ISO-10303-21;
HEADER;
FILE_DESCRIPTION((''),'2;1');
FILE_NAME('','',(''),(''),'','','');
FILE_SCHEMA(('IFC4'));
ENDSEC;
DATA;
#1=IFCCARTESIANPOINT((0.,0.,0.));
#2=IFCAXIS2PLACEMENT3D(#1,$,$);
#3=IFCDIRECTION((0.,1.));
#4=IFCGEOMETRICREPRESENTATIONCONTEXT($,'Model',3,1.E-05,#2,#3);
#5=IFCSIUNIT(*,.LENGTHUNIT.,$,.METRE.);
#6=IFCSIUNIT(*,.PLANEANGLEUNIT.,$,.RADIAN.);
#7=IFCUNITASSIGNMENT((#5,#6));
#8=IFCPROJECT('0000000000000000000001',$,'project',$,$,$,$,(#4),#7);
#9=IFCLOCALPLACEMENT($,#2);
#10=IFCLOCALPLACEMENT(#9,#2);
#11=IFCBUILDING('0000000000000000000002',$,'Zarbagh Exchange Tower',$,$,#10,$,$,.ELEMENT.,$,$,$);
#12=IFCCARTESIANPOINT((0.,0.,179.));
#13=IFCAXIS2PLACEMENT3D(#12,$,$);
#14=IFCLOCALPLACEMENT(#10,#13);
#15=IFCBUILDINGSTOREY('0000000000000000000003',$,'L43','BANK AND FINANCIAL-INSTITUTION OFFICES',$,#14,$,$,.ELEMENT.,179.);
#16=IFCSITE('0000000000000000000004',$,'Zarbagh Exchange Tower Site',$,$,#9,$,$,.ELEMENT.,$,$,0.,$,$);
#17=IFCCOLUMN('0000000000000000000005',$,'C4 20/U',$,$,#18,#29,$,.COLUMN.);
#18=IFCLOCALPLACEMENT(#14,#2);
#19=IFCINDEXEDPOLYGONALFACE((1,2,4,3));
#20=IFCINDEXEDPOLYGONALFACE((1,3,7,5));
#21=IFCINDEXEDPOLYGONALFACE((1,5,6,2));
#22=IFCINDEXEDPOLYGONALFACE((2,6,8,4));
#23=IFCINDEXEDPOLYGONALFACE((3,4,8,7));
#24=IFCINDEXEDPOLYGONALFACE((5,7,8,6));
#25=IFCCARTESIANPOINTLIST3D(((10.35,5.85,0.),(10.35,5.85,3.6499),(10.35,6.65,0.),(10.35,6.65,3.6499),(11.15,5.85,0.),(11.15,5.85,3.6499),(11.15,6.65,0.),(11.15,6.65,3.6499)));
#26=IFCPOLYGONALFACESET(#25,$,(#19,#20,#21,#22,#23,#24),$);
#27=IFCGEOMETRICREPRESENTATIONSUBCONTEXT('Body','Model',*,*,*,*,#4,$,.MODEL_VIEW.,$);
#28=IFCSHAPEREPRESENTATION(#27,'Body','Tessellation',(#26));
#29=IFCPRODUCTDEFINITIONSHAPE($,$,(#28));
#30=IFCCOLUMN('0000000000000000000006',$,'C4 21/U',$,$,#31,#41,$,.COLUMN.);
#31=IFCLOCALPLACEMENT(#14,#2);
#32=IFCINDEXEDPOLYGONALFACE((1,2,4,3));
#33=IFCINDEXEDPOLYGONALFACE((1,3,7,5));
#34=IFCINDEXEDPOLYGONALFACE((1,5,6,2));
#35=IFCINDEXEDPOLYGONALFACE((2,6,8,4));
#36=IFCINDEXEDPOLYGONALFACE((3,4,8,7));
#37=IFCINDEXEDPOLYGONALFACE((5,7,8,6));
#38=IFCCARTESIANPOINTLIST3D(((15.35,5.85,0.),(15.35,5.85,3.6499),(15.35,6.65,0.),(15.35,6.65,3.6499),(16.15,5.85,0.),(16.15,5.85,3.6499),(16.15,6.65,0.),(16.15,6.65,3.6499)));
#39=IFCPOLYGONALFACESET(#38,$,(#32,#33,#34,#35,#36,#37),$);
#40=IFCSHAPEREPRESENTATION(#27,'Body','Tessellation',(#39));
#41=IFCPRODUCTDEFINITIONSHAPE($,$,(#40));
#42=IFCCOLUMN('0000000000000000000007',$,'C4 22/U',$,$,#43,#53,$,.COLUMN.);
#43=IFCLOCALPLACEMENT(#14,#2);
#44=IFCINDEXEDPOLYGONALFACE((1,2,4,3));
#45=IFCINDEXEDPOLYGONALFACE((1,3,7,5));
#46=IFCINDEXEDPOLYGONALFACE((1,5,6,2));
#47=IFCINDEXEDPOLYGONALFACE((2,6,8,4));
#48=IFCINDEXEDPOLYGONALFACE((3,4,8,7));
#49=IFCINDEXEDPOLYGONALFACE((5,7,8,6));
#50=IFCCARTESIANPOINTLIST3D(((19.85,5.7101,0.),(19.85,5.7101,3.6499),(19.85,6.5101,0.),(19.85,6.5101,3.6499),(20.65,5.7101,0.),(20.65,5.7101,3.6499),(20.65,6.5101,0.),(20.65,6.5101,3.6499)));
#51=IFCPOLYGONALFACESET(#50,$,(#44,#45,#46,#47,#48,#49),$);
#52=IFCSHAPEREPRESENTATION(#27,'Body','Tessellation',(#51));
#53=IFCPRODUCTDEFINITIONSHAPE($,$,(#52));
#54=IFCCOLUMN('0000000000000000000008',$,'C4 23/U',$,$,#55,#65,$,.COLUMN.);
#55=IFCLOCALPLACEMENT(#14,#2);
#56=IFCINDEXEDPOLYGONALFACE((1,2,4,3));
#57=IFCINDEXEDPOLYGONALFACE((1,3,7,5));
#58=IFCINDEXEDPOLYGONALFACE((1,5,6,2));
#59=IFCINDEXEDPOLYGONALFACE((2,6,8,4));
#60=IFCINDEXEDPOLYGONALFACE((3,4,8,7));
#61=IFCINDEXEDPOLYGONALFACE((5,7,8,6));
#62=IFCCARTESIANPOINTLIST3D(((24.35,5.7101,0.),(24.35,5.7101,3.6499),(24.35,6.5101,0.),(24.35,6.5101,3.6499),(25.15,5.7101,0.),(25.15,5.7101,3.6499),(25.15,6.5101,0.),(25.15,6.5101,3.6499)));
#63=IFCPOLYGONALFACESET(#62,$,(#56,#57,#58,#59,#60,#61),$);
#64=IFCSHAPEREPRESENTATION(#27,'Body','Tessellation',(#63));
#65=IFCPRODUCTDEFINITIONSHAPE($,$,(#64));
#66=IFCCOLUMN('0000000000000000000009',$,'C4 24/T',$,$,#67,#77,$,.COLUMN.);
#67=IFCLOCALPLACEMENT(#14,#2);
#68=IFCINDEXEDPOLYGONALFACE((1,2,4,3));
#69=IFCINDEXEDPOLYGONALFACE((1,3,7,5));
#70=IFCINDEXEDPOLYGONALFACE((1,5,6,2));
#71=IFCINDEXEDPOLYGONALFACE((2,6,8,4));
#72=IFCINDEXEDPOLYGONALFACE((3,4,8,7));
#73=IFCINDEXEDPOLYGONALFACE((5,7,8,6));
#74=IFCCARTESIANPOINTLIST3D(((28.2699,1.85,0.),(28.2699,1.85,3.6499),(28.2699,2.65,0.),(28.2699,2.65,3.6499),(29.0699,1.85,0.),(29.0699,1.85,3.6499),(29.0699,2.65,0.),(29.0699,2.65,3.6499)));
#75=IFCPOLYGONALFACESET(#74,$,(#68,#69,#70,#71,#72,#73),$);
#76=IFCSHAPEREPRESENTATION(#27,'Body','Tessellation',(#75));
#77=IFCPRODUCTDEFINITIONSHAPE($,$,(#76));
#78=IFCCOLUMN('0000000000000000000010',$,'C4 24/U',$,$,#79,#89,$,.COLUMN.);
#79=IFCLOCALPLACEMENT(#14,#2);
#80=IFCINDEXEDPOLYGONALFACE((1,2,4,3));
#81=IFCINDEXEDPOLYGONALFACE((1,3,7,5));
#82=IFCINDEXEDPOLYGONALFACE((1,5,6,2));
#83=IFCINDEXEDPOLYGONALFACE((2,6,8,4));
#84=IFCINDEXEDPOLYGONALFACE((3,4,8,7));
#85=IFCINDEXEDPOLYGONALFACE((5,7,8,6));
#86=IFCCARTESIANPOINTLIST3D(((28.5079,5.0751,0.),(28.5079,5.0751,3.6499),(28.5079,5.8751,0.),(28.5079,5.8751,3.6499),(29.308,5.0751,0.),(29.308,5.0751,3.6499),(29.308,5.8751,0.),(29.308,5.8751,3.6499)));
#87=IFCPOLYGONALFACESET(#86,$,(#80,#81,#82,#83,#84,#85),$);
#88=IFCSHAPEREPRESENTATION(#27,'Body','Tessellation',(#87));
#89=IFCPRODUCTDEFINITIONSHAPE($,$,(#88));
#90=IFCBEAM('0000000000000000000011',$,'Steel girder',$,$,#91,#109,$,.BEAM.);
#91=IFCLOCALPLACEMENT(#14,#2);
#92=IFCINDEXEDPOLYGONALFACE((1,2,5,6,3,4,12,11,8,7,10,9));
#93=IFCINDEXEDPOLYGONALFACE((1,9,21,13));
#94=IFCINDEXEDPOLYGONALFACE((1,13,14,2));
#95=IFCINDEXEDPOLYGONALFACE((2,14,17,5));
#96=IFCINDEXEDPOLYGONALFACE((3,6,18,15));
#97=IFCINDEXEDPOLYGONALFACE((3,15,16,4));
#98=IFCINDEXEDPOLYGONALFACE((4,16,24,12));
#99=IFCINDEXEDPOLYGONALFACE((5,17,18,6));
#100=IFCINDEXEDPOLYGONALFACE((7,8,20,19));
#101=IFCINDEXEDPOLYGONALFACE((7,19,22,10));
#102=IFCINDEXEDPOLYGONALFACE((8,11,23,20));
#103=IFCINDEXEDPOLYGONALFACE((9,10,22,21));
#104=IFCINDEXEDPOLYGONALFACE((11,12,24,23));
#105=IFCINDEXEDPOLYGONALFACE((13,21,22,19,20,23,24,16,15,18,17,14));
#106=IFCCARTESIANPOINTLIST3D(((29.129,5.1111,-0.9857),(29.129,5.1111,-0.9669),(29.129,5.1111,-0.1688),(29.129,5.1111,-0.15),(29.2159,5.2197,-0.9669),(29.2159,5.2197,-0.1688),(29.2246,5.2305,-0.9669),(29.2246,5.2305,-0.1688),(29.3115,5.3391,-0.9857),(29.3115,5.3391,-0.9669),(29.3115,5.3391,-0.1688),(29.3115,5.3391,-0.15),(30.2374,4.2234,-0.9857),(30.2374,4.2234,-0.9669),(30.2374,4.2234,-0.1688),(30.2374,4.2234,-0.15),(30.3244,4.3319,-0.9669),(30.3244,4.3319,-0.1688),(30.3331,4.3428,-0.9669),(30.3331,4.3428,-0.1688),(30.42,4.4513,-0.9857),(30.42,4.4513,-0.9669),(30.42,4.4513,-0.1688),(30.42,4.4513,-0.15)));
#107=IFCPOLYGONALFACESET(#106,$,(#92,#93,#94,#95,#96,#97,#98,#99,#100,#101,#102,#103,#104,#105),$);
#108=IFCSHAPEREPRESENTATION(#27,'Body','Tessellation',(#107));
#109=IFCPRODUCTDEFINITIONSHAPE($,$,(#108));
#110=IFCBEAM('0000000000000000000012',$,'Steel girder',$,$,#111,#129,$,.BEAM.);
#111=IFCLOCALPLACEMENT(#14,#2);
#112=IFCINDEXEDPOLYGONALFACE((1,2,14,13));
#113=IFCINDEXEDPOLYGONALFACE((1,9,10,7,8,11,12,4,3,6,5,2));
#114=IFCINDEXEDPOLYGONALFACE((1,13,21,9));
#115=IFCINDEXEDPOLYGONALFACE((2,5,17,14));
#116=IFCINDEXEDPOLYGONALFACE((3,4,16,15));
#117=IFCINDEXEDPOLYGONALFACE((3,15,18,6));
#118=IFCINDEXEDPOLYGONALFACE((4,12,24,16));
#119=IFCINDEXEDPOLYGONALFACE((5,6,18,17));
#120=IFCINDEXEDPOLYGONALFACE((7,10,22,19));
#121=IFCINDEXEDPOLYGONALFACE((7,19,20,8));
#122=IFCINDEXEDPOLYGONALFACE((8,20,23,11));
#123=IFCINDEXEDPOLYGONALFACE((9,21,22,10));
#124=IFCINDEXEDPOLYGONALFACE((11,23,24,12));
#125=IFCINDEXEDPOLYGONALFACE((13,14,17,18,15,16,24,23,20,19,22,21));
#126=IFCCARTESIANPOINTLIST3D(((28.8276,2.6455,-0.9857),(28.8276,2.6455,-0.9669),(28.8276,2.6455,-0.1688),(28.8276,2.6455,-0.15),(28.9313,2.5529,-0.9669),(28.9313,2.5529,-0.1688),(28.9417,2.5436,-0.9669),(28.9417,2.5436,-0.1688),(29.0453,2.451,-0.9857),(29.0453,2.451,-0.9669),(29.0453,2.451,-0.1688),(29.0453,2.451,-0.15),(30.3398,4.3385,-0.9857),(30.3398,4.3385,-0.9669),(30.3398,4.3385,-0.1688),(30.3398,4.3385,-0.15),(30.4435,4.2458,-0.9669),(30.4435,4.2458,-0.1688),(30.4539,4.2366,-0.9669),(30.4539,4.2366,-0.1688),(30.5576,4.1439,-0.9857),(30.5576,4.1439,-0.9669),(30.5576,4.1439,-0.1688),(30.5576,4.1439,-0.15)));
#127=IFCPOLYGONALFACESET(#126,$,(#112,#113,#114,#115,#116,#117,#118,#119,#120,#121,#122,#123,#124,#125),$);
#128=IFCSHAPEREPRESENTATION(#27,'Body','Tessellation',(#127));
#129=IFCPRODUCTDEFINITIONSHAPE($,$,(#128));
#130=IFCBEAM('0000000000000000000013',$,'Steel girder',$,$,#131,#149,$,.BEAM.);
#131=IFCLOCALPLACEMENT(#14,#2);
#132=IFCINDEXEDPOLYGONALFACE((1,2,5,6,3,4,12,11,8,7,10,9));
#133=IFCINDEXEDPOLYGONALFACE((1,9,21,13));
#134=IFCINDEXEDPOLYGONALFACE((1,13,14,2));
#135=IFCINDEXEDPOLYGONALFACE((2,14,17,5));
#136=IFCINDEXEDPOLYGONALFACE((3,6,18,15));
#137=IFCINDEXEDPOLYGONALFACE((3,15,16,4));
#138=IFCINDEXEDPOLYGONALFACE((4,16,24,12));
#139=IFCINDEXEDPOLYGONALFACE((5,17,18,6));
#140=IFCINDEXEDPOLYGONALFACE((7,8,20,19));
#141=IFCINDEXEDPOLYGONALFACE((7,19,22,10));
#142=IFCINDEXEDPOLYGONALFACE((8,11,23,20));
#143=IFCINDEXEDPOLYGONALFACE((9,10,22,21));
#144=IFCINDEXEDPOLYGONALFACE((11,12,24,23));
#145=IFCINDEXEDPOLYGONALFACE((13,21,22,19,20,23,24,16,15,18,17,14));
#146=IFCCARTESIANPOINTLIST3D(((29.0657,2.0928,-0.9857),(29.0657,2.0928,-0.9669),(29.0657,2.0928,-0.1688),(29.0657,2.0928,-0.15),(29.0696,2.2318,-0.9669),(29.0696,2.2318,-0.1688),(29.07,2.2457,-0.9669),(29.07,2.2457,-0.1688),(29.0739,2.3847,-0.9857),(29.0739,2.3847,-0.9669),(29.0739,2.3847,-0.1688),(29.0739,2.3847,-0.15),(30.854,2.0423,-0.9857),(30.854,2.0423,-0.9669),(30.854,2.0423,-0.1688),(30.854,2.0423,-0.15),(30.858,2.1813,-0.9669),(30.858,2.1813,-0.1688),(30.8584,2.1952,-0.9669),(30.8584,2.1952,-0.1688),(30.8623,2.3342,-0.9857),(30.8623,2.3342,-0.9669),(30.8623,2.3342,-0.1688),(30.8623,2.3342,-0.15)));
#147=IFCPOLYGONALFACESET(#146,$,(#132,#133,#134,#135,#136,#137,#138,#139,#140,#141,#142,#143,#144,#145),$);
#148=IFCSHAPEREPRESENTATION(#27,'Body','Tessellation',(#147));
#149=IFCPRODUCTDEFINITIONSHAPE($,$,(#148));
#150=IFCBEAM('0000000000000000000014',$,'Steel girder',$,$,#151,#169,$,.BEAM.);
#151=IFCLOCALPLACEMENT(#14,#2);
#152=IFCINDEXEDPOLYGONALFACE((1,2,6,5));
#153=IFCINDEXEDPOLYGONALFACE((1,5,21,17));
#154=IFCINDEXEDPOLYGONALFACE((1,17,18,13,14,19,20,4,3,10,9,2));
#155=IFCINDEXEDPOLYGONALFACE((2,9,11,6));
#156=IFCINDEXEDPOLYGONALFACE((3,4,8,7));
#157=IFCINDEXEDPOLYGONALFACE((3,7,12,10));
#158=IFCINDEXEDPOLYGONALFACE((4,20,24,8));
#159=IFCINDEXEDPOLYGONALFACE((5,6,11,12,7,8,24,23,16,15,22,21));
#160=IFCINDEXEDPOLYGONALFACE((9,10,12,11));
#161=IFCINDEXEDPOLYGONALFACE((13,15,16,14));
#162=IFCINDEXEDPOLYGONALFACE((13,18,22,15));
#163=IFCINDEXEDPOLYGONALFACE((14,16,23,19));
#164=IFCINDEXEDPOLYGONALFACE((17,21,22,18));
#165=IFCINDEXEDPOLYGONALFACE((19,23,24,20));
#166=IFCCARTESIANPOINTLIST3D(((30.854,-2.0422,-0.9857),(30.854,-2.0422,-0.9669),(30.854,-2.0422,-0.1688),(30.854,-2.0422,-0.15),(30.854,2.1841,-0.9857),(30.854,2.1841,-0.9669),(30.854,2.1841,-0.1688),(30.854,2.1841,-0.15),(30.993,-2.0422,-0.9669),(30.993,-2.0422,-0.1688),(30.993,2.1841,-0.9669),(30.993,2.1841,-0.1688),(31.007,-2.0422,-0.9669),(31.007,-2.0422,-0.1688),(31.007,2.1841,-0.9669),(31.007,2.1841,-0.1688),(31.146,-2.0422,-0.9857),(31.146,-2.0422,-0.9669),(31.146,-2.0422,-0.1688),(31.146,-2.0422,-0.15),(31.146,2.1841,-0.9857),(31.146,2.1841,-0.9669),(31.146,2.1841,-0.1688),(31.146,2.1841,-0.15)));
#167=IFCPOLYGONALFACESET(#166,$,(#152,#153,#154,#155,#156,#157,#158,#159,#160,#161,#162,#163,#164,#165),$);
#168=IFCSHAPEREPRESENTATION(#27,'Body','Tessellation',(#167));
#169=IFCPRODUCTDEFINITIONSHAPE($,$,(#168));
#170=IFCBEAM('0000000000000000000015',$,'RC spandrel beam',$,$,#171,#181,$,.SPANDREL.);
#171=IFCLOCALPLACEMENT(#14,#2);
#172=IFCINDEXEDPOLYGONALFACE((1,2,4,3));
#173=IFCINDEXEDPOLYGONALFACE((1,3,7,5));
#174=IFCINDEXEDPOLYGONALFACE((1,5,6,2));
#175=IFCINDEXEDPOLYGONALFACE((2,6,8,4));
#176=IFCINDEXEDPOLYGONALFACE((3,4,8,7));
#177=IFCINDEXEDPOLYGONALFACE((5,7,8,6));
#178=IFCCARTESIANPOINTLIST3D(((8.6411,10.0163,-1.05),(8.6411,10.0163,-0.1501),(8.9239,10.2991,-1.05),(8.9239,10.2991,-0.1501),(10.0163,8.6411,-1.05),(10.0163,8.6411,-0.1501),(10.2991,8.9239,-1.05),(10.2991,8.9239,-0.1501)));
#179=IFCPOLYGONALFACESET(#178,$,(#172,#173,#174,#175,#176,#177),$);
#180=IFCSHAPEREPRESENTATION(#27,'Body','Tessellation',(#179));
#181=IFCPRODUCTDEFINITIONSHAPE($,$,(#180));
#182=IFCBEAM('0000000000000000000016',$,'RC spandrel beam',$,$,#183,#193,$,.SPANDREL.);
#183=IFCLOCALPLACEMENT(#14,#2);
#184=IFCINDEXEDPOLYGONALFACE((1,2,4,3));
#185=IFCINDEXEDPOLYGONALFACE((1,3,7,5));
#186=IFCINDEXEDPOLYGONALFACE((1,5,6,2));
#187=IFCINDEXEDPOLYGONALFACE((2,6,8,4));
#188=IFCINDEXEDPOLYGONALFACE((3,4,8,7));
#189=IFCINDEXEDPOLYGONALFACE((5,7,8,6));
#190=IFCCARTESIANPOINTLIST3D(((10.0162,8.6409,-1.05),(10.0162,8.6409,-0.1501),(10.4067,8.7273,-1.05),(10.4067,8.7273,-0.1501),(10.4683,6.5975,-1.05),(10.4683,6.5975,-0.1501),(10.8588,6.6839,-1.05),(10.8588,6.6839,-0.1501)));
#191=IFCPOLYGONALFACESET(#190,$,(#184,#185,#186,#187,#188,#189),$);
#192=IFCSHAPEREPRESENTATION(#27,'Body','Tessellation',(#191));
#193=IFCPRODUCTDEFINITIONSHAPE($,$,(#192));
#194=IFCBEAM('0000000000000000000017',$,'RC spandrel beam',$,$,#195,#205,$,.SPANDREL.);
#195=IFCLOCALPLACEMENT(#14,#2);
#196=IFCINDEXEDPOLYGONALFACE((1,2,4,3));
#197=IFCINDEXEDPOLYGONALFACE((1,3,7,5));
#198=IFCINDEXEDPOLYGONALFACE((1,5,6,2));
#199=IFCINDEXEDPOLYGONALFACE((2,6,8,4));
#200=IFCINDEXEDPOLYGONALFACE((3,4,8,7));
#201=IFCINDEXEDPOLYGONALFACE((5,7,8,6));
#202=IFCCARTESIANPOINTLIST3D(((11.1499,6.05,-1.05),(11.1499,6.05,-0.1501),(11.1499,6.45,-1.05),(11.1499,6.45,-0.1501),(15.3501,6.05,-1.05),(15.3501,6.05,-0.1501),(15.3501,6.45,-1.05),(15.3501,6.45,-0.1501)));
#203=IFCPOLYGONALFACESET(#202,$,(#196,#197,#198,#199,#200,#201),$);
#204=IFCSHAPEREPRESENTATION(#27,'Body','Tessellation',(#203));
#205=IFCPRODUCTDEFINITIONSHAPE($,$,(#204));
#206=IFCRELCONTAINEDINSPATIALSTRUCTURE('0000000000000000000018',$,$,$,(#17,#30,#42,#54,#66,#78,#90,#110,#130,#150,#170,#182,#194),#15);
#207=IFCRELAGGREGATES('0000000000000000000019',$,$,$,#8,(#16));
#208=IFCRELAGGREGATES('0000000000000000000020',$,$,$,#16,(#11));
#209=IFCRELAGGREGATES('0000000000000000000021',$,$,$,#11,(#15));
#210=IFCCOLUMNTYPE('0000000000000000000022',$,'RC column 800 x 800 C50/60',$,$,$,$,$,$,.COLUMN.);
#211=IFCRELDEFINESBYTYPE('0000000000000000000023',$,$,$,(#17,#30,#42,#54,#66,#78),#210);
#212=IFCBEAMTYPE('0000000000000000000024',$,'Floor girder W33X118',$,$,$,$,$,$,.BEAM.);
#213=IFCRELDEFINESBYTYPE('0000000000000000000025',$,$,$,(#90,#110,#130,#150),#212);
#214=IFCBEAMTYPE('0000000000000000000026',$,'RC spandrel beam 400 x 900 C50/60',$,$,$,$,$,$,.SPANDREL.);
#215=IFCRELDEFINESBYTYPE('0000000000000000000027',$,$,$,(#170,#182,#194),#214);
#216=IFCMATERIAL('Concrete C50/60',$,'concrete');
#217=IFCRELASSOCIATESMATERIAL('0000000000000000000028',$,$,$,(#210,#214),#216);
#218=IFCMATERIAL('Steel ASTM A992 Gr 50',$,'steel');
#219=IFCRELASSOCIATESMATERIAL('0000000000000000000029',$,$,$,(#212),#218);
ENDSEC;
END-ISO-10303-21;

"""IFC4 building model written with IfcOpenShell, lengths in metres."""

from ifc_helpers import new_model, si_unit, direction, frame, origin, origin_2d, place, context, subcontext, project, spatial, rectangle, i_section, extrude, material, material_profile, profile_set, type_object, element, save


model = new_model("IFC4")

# Units and contexts
model_context = context("Model", 3, precision=1e-05, world=origin(), true_north=direction((0.0, 1.0)))
body_context = subcontext(model_context, "Body", "Model", "MODEL_VIEW")
ifc_project = project(units=[si_unit("LENGTHUNIT", "METRE"), si_unit("PLANEANGLEUNIT", "RADIAN")], contexts=[model_context])

# Site, building, storey
site_placement = place(None, origin())
site = spatial("IfcSite", under=ifc_project, at=site_placement, Name="Zarbagh Exchange Tower Site", CompositionType="ELEMENT", RefElevation=0.0)
building_placement = place(site_placement, origin())
building = spatial("IfcBuilding", under=site, at=building_placement, Name="Zarbagh Exchange Tower", CompositionType="ELEMENT")
storey_placement = place(building_placement, frame((0.0, 0.0, 179.0)))
storey = spatial("IfcBuildingStorey", under=building, at=storey_placement, Name="L43", Description="BANK AND FINANCIAL-INSTITUTION OFFICES", CompositionType="ELEMENT", Elevation=179.0)

# Columns
ifc_material_1 = material(Name="Concrete C50/60", Category="concrete")
ifc_material_profile_1 = material_profile(ifc_material_1, rectangle(XDim=0.8, YDim=0.8, at=origin_2d()), Name="RC column 800 x 800 C50/60")
ifc_profile_set_1 = profile_set([ifc_material_profile_1], Name="Concrete C50/60")
column_type = type_object("IfcColumnType", Name="RC column 800 x 800 C50/60", PredefinedType="COLUMN", material=ifc_profile_set_1)
for number, where, z_axis, x_axis, name in (
    (1, (10.75, 6.25, 0.0), (0.0, 0.0, 1.0), (1.0, 0.0, 0.0), "C4 20/U"),
    (2, (15.75, 6.25, 0.0), (0.0, 0.0, 1.0), (1.0, 0.0, 0.0), "C4 21/U"),
    (3, (20.25, 6.1101, 0.0), (0.0, 0.0, 1.0), (1.0, 0.0, 0.0), "C4 22/U"),
    (4, (24.75, 6.1101, 0.0), (0.0, 0.0, 1.0), (1.0, 0.0, 0.0), "C4 23/U"),
    (5, (28.6699, 2.25, 0.0), (0.0, 0.0, 1.0), (1.0, 0.0, 0.0), "C4 24/T"),
    (6, (28.908, 5.4751, 0.0), (0.0, 0.0, 1.0), (1.0, 0.0, 0.0), "C4 24/U"),
):
    element("IfcColumn", number, at=place(storey_placement, frame(where, z_axis=z_axis, x_axis=x_axis)), inside=storey, type_object=column_type, Name=name, PredefinedType="COLUMN", context=body_context, shape_type="SweptSolid", body=[
        extrude(rectangle(XDim=0.8, YDim=0.8, at=origin_2d()), origin(), (0.0, 0.0, 1.0), 3.6499),
    ])

# Beams
ifc_material_2 = material(Name="Steel ASTM A992 Gr 50", Category="steel")
ifc_material_profile_2 = material_profile(ifc_material_2, i_section(OverallWidth=0.292, OverallDepth=0.8357, WebThickness=0.0139, FlangeThickness=0.0188, at=origin_2d()), Name="W33X118")
ifc_profile_set_2 = profile_set([ifc_material_profile_2], Name="Steel ASTM A992 Gr 50")
beam_type_1 = type_object("IfcBeamType", Name="Floor girder W33X118", PredefinedType="BEAM", material=ifc_profile_set_2)
beam_1_placement = place(storey_placement, frame((29.2202, 5.2251, -0.5679), z_axis=(0.780533, -0.625114, 0.0), x_axis=(0.625114, 0.780533, 0.0)))
element("IfcBeam", 7, at=beam_1_placement, inside=storey, type_object=beam_type_1, Name="Steel girder", PredefinedType="BEAM", context=body_context, shape_type="SweptSolid", body=[
    extrude(i_section(OverallWidth=0.292, OverallDepth=0.8357, WebThickness=0.0139, FlangeThickness=0.0188, at=origin_2d()), origin(), (0.0, 0.0, 1.0), 1.4202),
])
beam_2_placement = place(storey_placement, frame((30.4487, 4.2412, -0.5679), z_axis=(-0.666191, -0.745781, 0.0), x_axis=(0.745781, -0.666191, 0.0)))
element("IfcBeam", 8, at=beam_2_placement, inside=storey, type_object=beam_type_1, Name="Steel girder", PredefinedType="BEAM", context=body_context, shape_type="SweptSolid", body=[
    extrude(i_section(OverallWidth=0.292, OverallDepth=0.8357, WebThickness=0.0139, FlangeThickness=0.0188, at=origin_2d()), origin(), (0.0, 0.0, 1.0), 2.27),
])
beam_3_placement = place(storey_placement, frame((29.0698, 2.2388, -0.5679), z_axis=(0.999601, -0.028248, 0.0), x_axis=(0.028248, 0.999601, 0.0)))
element("IfcBeam", 9, at=beam_3_placement, inside=storey, type_object=beam_type_1, Name="Steel girder", PredefinedType="BEAM", context=body_context, shape_type="SweptSolid", body=[
    extrude(i_section(OverallWidth=0.292, OverallDepth=0.8357, WebThickness=0.0139, FlangeThickness=0.0188, at=origin_2d()), origin(), (0.0, 0.0, 1.0), 1.7891),
])
beam_4_placement = place(storey_placement, frame((31.0, 2.1841, -0.5679), z_axis=(0.0, -1.0, 0.0), x_axis=(1.0, 0.0, 0.0)))
element("IfcBeam", 10, at=beam_4_placement, inside=storey, type_object=beam_type_1, Name="Steel girder", PredefinedType="BEAM", context=body_context, shape_type="SweptSolid", body=[
    extrude(i_section(OverallWidth=0.292, OverallDepth=0.8357, WebThickness=0.0139, FlangeThickness=0.0188, at=origin_2d()), origin(), (0.0, 0.0, 1.0), 4.2263),
])
ifc_material_profile_3 = material_profile(ifc_material_1, rectangle(XDim=0.3999, YDim=0.8999, at=origin_2d()), Name="RC spandrel beam 400 x 900 C50/60")
ifc_profile_set_3 = profile_set([ifc_material_profile_3], Name="Concrete C50/60")
beam_type_2 = type_object("IfcBeamType", Name="RC spandrel beam 400 x 900 C50/60", PredefinedType="SPANDREL", material=ifc_profile_set_3)
beam_5_placement = place(storey_placement, frame((8.7825, 10.1577, -0.6001), z_axis=(0.707107, -0.707107, 0.0), x_axis=(0.707107, 0.707107, 0.0)))
element("IfcBeam", 11, at=beam_5_placement, inside=storey, type_object=beam_type_2, Name="RC spandrel beam", PredefinedType="SPANDREL", context=body_context, shape_type="SweptSolid", body=[
    extrude(rectangle(XDim=0.3999, YDim=0.8999, at=origin_2d()), origin(), (0.0, 0.0, 1.0), 1.9448),
])
beam_6_placement = place(storey_placement, frame((10.2114, 8.6841, -0.6001), z_axis=(0.216041, -0.976384, 0.0), x_axis=(0.976384, 0.216041, 0.0)))
element("IfcBeam", 12, at=beam_6_placement, inside=storey, type_object=beam_type_2, Name="RC spandrel beam", PredefinedType="SPANDREL", context=body_context, shape_type="SweptSolid", body=[
    extrude(rectangle(XDim=0.3999, YDim=0.8999, at=origin_2d()), origin(), (0.0, 0.0, 1.0), 2.0928),
])
beam_7_placement = place(storey_placement, frame((11.1499, 6.25, -0.6001), z_axis=(1.0, 0.0, 0.0), x_axis=(0.0, 1.0, 0.0)))
element("IfcBeam", 13, at=beam_7_placement, inside=storey, type_object=beam_type_2, Name="RC spandrel beam", PredefinedType="SPANDREL", context=body_context, shape_type="SweptSolid", body=[
    extrude(rectangle(XDim=0.3999, YDim=0.8999, at=origin_2d()), origin(), (0.0, 0.0, 1.0), 4.2002),
])

save(model, "model.ifc")
